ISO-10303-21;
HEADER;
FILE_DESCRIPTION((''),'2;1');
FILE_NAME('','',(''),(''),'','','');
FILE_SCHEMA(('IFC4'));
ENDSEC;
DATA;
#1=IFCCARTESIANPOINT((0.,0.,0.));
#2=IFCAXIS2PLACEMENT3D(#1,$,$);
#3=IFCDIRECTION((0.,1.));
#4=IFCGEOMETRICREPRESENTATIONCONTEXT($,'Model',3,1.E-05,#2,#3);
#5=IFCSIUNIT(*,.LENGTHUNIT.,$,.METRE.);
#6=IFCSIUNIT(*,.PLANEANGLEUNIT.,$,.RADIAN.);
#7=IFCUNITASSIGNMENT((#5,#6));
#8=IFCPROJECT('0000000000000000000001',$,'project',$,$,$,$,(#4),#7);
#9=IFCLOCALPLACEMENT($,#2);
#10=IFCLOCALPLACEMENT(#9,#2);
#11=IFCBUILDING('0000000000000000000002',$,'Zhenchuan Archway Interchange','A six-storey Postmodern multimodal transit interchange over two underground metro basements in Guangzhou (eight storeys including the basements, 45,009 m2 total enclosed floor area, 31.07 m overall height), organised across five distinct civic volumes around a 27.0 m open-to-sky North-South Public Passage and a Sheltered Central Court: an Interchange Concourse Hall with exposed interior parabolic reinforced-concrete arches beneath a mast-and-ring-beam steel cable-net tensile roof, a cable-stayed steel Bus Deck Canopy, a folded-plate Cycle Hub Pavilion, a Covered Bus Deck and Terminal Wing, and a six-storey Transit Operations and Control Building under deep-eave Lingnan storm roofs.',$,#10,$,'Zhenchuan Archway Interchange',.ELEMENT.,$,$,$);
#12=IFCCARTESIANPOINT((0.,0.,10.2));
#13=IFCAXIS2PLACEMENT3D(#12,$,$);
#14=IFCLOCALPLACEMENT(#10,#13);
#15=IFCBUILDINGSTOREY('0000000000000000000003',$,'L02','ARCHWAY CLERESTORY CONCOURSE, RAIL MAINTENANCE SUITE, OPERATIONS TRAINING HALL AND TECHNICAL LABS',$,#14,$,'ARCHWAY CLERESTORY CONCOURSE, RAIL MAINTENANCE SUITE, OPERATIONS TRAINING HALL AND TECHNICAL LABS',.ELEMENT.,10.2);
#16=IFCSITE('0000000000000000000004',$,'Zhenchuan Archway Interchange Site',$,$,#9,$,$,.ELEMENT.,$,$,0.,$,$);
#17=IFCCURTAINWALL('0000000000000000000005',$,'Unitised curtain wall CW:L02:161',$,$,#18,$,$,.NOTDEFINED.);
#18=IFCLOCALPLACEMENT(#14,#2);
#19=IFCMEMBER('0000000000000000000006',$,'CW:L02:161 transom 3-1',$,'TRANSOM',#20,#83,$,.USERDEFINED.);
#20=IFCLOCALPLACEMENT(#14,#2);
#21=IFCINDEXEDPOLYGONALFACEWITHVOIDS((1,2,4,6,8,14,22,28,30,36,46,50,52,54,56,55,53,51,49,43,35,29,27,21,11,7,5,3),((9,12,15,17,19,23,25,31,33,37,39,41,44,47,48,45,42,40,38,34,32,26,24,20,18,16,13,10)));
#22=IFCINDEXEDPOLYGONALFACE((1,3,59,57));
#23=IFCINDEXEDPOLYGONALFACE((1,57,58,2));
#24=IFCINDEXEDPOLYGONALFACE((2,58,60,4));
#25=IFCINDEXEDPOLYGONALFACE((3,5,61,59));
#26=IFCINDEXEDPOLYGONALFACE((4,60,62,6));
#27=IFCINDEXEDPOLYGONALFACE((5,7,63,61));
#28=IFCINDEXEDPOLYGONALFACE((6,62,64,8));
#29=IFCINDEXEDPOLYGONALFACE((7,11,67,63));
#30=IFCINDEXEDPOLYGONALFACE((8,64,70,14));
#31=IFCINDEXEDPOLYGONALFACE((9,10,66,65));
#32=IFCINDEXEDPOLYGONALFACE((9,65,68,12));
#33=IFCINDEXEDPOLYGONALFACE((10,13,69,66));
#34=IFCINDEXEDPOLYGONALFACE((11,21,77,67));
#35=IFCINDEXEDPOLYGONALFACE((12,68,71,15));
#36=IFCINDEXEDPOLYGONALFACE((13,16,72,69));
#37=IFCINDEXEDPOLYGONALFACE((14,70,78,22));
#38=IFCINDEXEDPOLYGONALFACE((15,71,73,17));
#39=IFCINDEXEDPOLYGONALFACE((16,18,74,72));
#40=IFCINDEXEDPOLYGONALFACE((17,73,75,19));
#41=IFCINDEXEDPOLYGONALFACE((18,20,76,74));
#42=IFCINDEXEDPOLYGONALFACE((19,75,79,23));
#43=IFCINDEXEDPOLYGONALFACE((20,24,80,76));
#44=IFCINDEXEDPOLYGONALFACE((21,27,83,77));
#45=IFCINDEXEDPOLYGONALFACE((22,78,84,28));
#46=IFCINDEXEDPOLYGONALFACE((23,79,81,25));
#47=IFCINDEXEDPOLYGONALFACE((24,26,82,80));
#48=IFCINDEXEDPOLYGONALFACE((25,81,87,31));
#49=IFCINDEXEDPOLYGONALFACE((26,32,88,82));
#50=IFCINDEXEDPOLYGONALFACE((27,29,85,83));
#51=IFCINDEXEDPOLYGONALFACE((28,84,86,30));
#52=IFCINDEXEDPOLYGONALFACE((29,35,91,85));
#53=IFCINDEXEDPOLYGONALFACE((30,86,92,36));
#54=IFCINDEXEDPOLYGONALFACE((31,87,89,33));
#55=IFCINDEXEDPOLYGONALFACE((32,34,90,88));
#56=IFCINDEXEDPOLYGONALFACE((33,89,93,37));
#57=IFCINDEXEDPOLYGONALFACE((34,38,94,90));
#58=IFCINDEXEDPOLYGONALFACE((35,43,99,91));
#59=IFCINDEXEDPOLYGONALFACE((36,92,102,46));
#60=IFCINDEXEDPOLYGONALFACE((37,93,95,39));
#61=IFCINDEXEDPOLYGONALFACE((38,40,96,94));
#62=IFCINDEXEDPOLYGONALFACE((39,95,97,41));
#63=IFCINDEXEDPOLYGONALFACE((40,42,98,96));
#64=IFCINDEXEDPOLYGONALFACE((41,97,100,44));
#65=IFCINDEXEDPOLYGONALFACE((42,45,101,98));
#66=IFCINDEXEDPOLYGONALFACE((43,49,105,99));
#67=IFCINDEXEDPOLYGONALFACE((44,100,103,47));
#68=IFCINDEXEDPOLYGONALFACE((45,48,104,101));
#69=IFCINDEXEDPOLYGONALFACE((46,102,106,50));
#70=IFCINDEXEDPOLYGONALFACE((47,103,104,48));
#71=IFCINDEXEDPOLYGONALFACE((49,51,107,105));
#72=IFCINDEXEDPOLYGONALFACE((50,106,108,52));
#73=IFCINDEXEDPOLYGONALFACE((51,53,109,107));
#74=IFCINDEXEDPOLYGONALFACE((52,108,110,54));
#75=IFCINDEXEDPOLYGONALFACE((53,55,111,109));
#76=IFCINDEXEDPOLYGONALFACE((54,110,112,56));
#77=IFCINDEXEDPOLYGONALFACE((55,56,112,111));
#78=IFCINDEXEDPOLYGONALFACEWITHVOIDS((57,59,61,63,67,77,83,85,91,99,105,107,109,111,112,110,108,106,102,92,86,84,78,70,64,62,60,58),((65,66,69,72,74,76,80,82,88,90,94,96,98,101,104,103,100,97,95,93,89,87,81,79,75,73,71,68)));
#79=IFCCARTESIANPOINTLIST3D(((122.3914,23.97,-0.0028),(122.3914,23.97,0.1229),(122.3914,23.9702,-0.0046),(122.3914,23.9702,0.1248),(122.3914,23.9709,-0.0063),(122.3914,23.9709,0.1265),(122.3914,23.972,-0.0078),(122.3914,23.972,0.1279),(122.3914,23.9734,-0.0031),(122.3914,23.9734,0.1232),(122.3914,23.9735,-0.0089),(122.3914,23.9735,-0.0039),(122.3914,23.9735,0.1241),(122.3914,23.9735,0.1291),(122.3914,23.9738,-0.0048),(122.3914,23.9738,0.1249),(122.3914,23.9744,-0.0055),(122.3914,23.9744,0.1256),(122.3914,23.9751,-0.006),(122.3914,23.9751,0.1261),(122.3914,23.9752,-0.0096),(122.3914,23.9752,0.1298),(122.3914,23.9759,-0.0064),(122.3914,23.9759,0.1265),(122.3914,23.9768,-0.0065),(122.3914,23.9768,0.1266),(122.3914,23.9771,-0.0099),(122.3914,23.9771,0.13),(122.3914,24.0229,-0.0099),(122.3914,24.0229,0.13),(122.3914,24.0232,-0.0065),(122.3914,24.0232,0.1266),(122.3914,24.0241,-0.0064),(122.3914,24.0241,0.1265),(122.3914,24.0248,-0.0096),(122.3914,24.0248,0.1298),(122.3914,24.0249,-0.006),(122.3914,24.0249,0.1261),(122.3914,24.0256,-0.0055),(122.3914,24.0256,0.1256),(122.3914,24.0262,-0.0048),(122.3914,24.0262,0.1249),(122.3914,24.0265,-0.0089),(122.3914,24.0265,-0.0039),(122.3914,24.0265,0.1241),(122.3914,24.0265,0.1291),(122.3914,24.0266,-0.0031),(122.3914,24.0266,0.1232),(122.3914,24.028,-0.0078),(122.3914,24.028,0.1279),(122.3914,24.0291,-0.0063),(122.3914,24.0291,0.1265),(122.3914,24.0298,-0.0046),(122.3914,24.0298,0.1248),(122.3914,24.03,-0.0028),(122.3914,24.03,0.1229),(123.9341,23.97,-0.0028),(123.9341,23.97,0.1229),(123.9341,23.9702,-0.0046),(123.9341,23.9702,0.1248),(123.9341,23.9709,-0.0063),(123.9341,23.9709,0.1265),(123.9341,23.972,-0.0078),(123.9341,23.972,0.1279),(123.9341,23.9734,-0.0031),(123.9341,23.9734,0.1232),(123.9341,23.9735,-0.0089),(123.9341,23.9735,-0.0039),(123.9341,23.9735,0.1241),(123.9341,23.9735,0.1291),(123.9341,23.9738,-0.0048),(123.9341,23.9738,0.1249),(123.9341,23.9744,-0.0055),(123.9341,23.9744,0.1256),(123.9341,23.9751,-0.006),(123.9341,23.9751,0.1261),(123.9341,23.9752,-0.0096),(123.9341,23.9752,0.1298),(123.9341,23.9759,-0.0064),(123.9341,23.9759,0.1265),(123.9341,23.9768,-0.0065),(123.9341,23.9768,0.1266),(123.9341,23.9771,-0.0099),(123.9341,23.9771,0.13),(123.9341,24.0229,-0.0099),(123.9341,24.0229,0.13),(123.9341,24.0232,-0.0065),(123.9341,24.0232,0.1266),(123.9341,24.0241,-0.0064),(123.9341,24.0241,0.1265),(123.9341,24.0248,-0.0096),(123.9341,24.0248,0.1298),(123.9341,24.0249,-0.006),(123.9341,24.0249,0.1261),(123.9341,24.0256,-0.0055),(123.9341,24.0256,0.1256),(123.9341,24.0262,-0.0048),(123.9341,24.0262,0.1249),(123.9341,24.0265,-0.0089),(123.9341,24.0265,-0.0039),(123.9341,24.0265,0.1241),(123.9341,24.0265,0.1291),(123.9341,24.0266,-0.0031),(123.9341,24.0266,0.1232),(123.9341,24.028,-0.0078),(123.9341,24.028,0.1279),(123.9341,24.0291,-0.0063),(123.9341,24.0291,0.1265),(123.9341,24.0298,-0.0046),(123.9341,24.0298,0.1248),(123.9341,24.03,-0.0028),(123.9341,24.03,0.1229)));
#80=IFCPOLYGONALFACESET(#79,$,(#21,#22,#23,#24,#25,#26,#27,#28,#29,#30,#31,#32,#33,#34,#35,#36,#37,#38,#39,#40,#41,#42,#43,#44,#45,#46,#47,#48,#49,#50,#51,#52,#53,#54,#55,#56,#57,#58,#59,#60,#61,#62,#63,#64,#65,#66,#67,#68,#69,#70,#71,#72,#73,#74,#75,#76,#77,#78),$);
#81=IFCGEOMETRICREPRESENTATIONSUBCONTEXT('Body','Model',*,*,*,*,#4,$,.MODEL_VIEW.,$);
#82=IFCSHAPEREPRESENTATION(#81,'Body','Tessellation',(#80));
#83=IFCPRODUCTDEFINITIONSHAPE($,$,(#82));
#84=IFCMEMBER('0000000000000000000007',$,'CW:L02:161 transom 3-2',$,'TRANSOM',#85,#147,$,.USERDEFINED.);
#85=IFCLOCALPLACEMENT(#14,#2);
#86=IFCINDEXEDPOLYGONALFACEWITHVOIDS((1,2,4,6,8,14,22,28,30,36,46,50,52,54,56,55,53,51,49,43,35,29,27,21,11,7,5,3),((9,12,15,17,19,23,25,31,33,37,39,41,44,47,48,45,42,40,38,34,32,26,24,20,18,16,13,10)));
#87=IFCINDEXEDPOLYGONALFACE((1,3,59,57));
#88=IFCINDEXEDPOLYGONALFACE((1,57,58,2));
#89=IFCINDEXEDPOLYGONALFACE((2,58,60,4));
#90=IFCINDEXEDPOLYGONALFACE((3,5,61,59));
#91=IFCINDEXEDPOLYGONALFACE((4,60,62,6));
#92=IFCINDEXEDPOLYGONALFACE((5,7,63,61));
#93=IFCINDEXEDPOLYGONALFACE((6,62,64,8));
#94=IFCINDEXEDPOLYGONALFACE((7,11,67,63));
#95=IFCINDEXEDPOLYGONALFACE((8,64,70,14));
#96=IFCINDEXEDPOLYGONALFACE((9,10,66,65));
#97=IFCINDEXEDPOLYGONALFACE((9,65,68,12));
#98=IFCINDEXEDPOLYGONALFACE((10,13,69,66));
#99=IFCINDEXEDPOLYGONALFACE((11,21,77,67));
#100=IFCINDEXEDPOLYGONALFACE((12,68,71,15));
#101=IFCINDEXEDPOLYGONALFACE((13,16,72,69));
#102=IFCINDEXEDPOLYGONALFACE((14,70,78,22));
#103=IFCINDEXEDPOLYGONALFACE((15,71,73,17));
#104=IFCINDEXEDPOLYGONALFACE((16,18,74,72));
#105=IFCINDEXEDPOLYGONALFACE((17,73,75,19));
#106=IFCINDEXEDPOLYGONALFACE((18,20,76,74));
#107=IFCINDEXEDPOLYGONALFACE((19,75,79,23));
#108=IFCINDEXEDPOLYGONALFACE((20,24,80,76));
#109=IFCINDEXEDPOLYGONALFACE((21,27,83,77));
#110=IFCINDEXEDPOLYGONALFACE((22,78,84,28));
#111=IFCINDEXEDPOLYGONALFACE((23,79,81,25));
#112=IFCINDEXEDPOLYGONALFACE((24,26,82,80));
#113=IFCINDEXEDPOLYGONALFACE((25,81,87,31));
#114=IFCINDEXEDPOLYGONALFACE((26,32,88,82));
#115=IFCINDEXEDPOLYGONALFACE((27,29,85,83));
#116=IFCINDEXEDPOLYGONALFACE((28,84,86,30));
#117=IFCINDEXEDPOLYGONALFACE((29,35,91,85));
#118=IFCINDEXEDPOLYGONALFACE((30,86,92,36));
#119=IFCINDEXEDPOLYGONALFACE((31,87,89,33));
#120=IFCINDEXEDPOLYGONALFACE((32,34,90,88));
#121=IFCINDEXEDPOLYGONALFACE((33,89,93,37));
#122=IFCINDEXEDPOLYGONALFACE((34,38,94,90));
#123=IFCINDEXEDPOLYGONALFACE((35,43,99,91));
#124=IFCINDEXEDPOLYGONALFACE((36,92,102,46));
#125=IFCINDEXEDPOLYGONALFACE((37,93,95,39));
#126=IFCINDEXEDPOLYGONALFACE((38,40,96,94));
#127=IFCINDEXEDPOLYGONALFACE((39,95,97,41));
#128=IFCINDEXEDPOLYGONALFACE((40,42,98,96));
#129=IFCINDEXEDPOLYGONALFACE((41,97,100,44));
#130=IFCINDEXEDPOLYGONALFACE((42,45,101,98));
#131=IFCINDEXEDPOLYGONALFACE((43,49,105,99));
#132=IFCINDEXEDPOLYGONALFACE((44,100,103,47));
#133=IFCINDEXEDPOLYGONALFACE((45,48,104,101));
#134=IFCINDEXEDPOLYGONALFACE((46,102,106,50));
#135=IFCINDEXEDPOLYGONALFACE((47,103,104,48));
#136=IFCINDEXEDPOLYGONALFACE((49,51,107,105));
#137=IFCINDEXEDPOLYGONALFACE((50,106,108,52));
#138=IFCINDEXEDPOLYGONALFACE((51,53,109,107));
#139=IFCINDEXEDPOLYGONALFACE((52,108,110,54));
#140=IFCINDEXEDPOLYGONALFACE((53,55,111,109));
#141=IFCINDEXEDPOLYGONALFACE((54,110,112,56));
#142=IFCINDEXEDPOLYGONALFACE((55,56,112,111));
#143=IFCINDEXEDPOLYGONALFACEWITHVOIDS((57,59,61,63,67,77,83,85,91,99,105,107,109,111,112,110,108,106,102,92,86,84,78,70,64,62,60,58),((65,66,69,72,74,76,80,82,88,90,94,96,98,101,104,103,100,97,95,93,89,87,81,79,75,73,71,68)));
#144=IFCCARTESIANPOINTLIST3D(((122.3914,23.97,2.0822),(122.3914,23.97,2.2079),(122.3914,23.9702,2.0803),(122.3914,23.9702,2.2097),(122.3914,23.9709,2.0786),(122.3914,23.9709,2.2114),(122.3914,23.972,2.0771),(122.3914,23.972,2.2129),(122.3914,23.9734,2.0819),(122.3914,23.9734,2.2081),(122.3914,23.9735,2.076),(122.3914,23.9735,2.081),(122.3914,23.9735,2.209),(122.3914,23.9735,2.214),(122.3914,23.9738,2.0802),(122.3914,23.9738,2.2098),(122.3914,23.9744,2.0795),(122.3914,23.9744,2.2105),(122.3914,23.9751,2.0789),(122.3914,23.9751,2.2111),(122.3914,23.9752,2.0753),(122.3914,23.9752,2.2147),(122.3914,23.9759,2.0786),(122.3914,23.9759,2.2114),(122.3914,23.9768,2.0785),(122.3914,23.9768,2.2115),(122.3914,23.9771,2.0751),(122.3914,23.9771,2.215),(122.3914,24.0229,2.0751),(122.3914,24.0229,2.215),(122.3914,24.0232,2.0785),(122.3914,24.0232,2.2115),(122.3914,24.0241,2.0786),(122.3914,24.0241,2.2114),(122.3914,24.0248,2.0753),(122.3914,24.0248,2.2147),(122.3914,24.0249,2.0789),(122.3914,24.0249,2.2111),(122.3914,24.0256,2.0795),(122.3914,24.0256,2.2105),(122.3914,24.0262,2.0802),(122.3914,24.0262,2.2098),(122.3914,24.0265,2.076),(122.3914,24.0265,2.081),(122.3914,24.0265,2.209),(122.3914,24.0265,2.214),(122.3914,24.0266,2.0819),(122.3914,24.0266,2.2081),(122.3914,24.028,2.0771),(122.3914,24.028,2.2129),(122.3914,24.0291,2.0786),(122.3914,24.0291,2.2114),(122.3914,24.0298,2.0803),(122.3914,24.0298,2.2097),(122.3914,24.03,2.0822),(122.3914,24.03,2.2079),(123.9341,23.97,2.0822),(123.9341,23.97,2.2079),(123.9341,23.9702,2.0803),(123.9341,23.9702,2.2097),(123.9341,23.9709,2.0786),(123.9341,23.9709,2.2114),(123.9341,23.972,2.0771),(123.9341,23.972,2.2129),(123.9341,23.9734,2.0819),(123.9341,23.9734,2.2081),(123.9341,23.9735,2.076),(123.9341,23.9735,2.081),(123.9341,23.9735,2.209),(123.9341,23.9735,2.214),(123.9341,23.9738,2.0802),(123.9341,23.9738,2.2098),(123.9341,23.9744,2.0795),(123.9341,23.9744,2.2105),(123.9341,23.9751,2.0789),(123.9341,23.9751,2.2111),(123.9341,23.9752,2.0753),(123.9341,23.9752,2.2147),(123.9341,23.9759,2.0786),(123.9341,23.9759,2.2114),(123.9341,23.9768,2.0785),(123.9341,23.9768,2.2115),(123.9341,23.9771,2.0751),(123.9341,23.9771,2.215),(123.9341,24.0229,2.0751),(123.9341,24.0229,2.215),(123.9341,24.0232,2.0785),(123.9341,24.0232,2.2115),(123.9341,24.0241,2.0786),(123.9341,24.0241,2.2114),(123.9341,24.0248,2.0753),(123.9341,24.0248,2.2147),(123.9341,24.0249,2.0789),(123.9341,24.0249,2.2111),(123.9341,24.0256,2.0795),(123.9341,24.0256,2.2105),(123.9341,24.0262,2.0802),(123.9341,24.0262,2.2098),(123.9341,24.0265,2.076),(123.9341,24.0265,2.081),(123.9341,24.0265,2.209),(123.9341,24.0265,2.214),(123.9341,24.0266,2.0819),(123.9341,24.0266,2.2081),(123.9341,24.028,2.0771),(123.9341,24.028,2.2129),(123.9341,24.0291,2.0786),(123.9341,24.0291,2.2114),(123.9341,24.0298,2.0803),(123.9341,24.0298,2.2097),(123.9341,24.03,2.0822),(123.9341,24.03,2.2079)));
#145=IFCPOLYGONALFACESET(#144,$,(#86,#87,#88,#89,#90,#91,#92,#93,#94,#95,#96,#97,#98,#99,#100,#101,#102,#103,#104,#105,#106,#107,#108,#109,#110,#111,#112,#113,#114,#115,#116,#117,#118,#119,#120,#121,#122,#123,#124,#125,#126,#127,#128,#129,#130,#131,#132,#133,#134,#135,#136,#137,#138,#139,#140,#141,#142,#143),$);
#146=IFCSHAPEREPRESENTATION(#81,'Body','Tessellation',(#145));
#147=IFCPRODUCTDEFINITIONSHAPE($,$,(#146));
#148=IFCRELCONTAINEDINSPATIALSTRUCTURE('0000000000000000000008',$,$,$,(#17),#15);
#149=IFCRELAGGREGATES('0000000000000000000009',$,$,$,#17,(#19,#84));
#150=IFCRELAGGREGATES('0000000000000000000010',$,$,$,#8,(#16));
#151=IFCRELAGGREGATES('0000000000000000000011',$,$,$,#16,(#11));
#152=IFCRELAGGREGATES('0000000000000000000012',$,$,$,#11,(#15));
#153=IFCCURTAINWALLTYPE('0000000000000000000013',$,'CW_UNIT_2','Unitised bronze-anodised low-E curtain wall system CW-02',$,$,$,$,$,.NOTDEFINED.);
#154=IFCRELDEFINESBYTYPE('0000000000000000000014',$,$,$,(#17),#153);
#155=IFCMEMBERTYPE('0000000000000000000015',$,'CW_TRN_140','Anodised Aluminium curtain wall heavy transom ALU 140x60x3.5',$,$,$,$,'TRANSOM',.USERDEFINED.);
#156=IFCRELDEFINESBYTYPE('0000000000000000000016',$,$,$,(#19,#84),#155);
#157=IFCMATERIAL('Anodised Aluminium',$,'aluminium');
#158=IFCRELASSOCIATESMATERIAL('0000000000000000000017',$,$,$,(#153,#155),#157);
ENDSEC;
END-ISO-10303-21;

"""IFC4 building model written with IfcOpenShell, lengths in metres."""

from ifc_helpers import new_model, si_unit, direction, frame, origin, origin_2d, place, context, subcontext, project, spatial, hollow_rectangle, extrude, material, material_profile, profile_set, type_object, element, aggregate, save


model = new_model("IFC4")

# Units and contexts
model_context = context("Model", 3, precision=1e-05, world=origin(), true_north=direction((0.0, 1.0)))
body_context = subcontext(model_context, "Body", "Model", "MODEL_VIEW")
ifc_project = project(units=[si_unit("LENGTHUNIT", "METRE"), si_unit("PLANEANGLEUNIT", "RADIAN")], contexts=[model_context])

# Site, building, storey
site_placement = place(None, origin())
site = spatial("IfcSite", under=ifc_project, at=site_placement, Name="Zhenchuan Archway Interchange Site", CompositionType="ELEMENT", RefElevation=0.0)
building_placement = place(site_placement, origin())
building = spatial("IfcBuilding", under=site, at=building_placement, Name="Zhenchuan Archway Interchange", Description="A six-storey Postmodern multimodal transit interchange over two underground metro basements in Guangzhou (eight storeys including the basements, 45,009 m2 total enclosed floor area, 31.07 m overall height), organised across five distinct civic volumes around a 27.0 m open-to-sky North-South Public Passage and a Sheltered Central Court: an Interchange Concourse Hall with exposed interior parabolic reinforced-concrete arches beneath a mast-and-ring-beam steel cable-net tensile roof, a cable-stayed steel Bus Deck Canopy, a folded-plate Cycle Hub Pavilion, a Covered Bus Deck and Terminal Wing, and a six-storey Transit Operations and Control Building under deep-eave Lingnan storm roofs.", LongName="Zhenchuan Archway Interchange", CompositionType="ELEMENT")
storey_placement = place(building_placement, frame((0.0, 0.0, 10.2)))
storey = spatial("IfcBuildingStorey", under=building, at=storey_placement, Name="L02", Description="ARCHWAY CLERESTORY CONCOURSE, RAIL MAINTENANCE SUITE, OPERATIONS TRAINING HALL AND TECHNICAL LABS", LongName="ARCHWAY CLERESTORY CONCOURSE, RAIL MAINTENANCE SUITE, OPERATIONS TRAINING HALL AND TECHNICAL LABS", CompositionType="ELEMENT", Elevation=10.2)

# Curtain wall, members
ifc_material_1 = material(Name="Anodised Aluminium", Category="aluminium")
curtain_wall_type = type_object("IfcCurtainWallType", Name="CW_UNIT_2", Description="Unitised bronze-anodised low-E curtain wall system CW-02", PredefinedType="NOTDEFINED", material=ifc_material_1)
curtain_wall_placement = place(storey_placement, origin())
curtain_wall = element("IfcCurtainWall", 1, at=curtain_wall_placement, inside=storey, type_object=curtain_wall_type, Name="Unitised curtain wall CW:L02:161", PredefinedType="NOTDEFINED")
ifc_material_profile_1 = material_profile(ifc_material_1, hollow_rectangle(XDim=0.0601, YDim=0.1399, WallThickness=0.0034, InnerFilletRadius=0.0034, OuterFilletRadius=0.0071, at=origin_2d()), Name="ALU 140x60x3.5")
ifc_profile_set_1 = profile_set([ifc_material_profile_1], Name="Anodised Aluminium")
member_type_1 = type_object("IfcMemberType", Name="CW_TRN_140", Description="Anodised Aluminium curtain wall heavy transom ALU 140x60x3.5", ElementType="TRANSOM", PredefinedType="USERDEFINED", material=ifc_profile_set_1)
member_1_placement = place(storey_placement, frame((122.3914, 24.0, 0.0601), z_axis=(1.0, 0.0, 0.0), x_axis=(0.0, 1.0, 0.0)))
member_1 = element("IfcMember", 2, at=member_1_placement, type_object=member_type_1, Name="CW:L02:161 transom 3-1", ObjectType="TRANSOM", PredefinedType="USERDEFINED", context=body_context, shape_type="SweptSolid", body=[
    extrude(hollow_rectangle(XDim=0.0601, YDim=0.1399, WallThickness=0.0034, InnerFilletRadius=0.0034, OuterFilletRadius=0.0071, at=origin_2d()), origin(), (0.0, 0.0, 1.0), 1.5427),
])
member_2_placement = place(storey_placement, frame((122.3914, 24.0, 2.145), z_axis=(1.0, 0.0, 0.0), x_axis=(0.0, 1.0, 0.0)))
member_2 = element("IfcMember", 3, at=member_2_placement, type_object=member_type_1, Name="CW:L02:161 transom 3-2", ObjectType="TRANSOM", PredefinedType="USERDEFINED", context=body_context, shape_type="SweptSolid", body=[
    extrude(hollow_rectangle(XDim=0.0601, YDim=0.1399, WallThickness=0.0034, InnerFilletRadius=0.0034, OuterFilletRadius=0.0071, at=origin_2d()), origin(), (0.0, 0.0, 1.0), 1.5427),
])

aggregate(curtain_wall, [member_1, member_2])

save(model, "model.ifc")
